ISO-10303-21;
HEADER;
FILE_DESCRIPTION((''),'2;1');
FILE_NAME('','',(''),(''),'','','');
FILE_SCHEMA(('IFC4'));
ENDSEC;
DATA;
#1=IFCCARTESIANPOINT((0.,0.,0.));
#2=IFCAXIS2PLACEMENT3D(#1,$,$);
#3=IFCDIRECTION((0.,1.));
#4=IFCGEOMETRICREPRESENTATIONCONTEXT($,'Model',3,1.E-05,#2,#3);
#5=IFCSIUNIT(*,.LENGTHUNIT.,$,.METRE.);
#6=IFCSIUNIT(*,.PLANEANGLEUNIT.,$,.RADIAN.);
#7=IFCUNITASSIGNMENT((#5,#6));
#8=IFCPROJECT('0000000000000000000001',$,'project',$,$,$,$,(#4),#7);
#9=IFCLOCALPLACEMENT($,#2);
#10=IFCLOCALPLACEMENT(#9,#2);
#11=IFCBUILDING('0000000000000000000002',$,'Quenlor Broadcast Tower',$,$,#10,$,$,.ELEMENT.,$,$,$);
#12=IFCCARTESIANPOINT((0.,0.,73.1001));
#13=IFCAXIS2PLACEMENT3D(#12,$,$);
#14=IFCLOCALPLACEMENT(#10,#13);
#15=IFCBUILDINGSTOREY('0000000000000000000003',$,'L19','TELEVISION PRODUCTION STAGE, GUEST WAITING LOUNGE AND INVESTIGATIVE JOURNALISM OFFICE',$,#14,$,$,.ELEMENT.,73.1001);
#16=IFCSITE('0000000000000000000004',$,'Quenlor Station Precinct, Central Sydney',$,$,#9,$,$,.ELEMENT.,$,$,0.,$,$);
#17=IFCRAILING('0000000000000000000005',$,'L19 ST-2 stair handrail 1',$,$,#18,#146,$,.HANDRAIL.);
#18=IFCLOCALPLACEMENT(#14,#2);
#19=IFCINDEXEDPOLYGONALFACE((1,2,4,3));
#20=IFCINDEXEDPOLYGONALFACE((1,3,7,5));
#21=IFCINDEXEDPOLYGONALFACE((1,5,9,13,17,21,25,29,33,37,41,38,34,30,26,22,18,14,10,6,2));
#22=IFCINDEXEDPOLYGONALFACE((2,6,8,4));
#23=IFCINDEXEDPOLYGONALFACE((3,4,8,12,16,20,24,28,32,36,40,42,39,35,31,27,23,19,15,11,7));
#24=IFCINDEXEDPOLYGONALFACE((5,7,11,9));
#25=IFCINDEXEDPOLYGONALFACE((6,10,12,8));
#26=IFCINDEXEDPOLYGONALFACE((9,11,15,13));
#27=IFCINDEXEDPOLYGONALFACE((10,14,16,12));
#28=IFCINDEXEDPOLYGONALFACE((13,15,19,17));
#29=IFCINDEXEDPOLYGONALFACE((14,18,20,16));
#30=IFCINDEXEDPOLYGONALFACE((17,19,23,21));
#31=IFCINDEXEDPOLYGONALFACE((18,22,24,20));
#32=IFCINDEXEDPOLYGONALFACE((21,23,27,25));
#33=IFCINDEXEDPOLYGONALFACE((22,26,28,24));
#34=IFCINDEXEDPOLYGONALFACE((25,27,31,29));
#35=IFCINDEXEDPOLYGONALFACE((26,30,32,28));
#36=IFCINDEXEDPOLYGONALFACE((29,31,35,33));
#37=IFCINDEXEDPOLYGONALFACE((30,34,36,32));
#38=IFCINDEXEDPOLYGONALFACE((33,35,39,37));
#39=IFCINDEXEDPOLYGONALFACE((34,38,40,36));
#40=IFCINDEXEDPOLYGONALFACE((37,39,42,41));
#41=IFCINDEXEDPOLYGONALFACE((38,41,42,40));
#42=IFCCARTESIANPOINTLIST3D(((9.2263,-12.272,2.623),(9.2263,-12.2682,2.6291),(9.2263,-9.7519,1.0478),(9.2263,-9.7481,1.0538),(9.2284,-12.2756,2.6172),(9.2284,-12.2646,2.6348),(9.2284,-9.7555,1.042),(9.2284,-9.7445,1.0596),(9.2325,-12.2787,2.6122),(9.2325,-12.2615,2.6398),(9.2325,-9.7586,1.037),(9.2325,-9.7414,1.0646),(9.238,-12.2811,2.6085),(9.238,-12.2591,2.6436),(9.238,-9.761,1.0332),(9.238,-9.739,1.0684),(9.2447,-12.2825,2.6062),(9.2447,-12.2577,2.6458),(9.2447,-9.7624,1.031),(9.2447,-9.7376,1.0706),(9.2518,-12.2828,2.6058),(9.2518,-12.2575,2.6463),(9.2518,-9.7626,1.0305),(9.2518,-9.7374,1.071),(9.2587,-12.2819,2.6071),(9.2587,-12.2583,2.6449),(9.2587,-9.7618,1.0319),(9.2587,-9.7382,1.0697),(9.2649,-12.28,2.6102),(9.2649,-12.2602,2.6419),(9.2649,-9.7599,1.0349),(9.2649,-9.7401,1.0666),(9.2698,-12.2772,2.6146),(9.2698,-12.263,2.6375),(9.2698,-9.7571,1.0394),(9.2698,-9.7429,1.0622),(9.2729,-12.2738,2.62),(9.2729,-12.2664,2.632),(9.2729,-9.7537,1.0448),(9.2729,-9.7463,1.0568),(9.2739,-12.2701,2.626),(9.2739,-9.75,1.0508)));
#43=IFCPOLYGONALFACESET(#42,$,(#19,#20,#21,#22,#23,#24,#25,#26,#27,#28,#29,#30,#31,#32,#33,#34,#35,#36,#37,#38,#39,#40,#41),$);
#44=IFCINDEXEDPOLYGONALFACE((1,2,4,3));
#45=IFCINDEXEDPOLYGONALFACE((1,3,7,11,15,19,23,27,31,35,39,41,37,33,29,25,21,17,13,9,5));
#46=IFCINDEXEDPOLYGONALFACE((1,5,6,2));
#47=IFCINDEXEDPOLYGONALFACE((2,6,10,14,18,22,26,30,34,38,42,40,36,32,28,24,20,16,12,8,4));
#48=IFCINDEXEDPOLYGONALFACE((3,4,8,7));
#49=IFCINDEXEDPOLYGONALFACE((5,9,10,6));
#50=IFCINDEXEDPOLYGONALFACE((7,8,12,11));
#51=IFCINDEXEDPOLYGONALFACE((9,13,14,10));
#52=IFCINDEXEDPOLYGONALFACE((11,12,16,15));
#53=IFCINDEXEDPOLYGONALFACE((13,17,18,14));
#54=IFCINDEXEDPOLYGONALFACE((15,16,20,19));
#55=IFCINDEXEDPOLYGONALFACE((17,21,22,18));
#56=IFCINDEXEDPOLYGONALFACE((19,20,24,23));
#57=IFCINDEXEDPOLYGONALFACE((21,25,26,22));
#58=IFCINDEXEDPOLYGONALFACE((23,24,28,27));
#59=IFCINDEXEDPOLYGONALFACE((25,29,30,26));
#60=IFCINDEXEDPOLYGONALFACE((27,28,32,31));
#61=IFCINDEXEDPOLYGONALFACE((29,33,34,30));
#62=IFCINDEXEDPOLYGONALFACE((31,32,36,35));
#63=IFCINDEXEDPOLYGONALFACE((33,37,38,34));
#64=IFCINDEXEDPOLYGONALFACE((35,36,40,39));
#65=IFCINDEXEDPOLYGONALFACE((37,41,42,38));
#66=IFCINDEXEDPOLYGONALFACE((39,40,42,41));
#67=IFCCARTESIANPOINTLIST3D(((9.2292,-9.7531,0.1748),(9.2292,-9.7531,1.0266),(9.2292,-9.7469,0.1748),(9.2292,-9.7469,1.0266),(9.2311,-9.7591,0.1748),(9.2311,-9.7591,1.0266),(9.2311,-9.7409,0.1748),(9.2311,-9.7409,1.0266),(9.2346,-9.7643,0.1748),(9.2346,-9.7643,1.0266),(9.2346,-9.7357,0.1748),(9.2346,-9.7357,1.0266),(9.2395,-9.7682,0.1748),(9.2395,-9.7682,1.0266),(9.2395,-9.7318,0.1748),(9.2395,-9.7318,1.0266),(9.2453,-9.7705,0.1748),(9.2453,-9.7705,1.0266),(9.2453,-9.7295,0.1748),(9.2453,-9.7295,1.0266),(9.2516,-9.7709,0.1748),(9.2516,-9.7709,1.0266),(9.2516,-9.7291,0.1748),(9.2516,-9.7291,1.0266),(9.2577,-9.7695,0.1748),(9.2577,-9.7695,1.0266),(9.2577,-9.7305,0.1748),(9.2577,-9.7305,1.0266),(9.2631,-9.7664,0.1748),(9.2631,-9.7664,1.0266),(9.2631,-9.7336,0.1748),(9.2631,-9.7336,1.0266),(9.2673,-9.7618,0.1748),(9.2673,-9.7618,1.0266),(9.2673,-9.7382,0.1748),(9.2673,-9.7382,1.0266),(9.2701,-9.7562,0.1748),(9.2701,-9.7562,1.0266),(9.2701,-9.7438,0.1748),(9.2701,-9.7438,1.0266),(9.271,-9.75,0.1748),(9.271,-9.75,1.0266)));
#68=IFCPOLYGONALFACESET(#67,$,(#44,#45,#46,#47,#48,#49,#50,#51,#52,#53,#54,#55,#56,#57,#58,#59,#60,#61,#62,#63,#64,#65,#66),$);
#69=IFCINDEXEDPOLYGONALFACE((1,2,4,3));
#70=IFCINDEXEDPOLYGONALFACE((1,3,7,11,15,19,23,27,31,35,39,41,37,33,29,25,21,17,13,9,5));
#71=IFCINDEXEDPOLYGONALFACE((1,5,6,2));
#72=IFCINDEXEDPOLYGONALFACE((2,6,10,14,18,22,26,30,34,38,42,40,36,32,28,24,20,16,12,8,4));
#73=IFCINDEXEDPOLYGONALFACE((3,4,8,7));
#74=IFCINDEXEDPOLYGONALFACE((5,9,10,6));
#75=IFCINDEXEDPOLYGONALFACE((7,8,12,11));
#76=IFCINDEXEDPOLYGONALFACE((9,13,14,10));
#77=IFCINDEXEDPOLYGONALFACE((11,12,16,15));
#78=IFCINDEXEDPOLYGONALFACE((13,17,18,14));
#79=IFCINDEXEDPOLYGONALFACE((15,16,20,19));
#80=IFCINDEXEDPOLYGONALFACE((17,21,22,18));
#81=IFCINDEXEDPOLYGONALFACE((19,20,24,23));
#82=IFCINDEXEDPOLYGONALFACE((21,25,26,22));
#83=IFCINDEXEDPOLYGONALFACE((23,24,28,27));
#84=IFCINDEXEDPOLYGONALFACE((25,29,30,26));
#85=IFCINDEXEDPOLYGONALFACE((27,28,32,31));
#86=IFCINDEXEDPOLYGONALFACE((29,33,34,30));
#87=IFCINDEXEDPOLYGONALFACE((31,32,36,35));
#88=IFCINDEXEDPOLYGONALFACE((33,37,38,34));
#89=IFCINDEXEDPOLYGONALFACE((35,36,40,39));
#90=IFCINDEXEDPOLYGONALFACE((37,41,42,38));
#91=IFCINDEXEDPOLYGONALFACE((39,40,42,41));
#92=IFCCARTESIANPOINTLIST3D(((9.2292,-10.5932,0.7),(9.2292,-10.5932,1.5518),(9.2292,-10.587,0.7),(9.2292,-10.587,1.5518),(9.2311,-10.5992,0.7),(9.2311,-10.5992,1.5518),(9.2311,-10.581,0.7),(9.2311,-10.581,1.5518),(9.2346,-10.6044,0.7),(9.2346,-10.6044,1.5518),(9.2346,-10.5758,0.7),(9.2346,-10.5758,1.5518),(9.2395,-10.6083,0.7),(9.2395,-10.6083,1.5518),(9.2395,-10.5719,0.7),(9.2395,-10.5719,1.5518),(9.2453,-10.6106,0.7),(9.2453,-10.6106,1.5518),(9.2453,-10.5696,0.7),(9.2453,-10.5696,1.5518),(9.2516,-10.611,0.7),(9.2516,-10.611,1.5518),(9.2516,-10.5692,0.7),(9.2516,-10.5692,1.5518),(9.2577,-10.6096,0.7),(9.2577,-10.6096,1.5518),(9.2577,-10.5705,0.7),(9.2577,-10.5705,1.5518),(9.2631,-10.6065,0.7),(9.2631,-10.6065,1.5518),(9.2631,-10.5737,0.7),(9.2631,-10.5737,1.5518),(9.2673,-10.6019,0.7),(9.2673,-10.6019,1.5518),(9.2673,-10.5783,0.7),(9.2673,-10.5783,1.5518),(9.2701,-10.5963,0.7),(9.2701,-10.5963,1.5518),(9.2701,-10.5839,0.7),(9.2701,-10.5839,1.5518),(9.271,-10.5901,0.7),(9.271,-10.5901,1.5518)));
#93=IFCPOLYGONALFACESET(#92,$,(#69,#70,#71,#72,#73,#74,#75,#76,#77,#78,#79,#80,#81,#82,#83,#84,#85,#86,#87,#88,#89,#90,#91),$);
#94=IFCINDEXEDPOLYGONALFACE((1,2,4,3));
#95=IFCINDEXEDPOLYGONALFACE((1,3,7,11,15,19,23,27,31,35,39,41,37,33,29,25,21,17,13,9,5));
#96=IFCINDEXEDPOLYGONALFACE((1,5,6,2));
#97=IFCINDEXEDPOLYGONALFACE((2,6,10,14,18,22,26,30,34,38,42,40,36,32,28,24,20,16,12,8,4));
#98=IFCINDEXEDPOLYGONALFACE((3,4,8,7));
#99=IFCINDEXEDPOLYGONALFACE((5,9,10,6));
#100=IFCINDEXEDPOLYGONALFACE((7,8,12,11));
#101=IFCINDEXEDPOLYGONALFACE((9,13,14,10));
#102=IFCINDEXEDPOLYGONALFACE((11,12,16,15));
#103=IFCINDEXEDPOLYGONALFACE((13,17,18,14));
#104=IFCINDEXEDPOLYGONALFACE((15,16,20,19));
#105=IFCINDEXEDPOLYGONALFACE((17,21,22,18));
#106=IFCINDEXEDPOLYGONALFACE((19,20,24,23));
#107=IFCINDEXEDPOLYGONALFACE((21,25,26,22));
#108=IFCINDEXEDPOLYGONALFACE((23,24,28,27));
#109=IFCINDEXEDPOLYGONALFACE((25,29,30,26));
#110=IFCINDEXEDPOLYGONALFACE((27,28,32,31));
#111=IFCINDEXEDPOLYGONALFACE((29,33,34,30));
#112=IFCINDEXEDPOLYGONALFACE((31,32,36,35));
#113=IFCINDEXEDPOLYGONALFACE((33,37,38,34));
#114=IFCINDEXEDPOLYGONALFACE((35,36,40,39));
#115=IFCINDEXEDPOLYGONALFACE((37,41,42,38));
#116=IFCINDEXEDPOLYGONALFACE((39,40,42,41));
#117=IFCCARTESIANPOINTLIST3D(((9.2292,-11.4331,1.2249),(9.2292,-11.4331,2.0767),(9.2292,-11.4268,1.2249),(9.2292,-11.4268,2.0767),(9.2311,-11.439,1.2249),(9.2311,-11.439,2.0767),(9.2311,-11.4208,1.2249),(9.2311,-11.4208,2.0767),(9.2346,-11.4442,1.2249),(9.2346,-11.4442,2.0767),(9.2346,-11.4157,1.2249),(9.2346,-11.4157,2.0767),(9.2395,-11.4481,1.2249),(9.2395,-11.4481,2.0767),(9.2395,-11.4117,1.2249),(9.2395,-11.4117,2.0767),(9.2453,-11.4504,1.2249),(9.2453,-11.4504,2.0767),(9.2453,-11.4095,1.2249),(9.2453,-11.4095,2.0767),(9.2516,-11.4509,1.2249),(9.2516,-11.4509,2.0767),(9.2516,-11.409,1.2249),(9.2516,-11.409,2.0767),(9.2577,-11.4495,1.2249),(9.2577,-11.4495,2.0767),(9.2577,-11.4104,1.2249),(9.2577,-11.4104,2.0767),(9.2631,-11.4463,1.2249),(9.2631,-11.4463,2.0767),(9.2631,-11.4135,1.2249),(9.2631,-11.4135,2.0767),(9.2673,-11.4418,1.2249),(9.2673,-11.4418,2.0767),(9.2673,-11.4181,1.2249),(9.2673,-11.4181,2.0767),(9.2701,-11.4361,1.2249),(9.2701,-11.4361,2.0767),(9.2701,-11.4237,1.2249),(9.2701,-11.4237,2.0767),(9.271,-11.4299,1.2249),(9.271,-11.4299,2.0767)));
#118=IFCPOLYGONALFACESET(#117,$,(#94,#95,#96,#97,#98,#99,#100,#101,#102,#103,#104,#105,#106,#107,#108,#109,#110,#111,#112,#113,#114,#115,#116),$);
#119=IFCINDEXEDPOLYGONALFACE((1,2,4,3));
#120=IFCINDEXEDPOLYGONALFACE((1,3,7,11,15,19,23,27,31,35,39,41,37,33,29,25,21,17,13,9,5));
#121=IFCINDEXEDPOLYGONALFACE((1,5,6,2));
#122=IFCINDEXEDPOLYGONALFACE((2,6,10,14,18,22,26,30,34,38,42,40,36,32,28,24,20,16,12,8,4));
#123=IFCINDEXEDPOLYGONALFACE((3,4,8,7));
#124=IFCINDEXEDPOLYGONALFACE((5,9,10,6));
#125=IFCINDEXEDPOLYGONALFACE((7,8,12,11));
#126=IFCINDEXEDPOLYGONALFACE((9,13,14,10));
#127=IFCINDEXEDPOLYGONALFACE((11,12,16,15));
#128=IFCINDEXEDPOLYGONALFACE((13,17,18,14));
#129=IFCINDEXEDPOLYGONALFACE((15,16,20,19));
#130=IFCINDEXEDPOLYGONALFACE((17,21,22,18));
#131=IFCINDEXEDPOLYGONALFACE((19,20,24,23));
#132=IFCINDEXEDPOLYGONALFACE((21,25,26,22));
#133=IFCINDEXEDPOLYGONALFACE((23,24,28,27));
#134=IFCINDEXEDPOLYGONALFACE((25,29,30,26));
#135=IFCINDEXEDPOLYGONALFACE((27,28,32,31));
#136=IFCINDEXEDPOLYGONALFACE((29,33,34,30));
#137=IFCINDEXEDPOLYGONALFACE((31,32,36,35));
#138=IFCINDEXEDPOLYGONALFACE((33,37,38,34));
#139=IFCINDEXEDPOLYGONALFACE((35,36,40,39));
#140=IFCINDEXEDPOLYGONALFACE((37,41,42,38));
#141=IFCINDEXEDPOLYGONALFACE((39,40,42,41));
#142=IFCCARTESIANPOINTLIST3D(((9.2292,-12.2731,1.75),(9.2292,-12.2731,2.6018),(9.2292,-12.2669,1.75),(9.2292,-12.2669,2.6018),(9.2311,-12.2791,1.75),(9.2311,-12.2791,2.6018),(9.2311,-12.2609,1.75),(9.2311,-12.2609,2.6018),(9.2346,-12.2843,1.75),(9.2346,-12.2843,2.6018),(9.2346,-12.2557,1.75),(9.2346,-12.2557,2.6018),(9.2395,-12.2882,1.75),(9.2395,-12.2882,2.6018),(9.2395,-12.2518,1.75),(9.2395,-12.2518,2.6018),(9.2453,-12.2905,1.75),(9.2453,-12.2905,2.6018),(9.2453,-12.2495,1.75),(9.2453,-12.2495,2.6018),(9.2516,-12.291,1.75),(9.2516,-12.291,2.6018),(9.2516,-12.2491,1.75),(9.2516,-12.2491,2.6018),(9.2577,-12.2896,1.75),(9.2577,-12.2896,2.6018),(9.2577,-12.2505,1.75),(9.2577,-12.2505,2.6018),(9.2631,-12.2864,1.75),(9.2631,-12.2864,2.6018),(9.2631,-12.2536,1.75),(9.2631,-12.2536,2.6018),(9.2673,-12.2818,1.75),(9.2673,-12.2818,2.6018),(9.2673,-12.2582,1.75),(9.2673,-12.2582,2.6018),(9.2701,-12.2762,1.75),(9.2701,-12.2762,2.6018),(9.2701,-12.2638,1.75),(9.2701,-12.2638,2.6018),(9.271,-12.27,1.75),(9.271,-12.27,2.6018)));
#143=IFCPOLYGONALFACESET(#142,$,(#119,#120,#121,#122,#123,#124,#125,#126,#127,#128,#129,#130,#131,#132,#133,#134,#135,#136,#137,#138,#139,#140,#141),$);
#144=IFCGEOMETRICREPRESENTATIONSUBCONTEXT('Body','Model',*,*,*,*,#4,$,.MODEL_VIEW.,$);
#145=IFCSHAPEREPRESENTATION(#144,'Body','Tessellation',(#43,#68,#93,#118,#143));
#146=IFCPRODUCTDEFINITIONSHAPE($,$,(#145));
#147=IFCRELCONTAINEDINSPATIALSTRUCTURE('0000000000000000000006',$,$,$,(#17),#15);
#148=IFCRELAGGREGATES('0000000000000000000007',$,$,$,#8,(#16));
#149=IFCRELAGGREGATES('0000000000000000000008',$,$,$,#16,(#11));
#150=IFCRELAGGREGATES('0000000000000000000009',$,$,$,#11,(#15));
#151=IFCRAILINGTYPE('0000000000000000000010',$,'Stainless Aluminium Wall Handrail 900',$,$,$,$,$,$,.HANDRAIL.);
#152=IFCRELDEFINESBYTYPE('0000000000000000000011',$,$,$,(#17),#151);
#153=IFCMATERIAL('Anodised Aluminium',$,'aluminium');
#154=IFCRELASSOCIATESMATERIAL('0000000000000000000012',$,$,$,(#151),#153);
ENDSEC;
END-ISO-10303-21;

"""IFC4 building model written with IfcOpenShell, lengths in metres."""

from ifc_helpers import new_model, si_unit, direction, frame, origin, origin_2d, place, context, subcontext, project, spatial, circle, extrude, material, type_object, element, save


model = new_model("IFC4")

# Units and contexts
model_context = context("Model", 3, precision=1e-05, world=origin(), true_north=direction((0.0, 1.0)))
body_context = subcontext(model_context, "Body", "Model", "MODEL_VIEW")
ifc_project = project(units=[si_unit("LENGTHUNIT", "METRE"), si_unit("PLANEANGLEUNIT", "RADIAN")], contexts=[model_context])

# Site, building, storey
site_placement = place(None, origin())
site = spatial("IfcSite", under=ifc_project, at=site_placement, Name="Quenlor Station Precinct, Central Sydney", CompositionType="ELEMENT", RefElevation=0.0)
building_placement = place(site_placement, origin())
building = spatial("IfcBuilding", under=site, at=building_placement, Name="Quenlor Broadcast Tower", CompositionType="ELEMENT")
storey_placement = place(building_placement, frame((0.0, 0.0, 73.1001)))
storey = spatial("IfcBuildingStorey", under=building, at=storey_placement, Name="L19", Description="TELEVISION PRODUCTION STAGE, GUEST WAITING LOUNGE AND INVESTIGATIVE JOURNALISM OFFICE", CompositionType="ELEMENT", Elevation=73.1001)

# Railing
ifc_material_1 = material(Name="Anodised Aluminium", Category="aluminium")
railing_type = type_object("IfcRailingType", Name="Stainless Aluminium Wall Handrail 900", PredefinedType="HANDRAIL", material=ifc_material_1)
railing_placement = place(storey_placement, frame((9.25, -9.75, 0.1748)))
element("IfcRailing", 1, at=railing_placement, inside=storey, type_object=railing_type, Name="L19 ST-2 stair handrail 1", PredefinedType="HANDRAIL", context=body_context, shape_type="SweptSolid", body=[
    extrude(circle(Radius=0.0239, at=origin_2d()), frame((0.0, 0.0, 0.876), z_axis=(0.0, -0.847971, 0.530043), x_axis=(1.0, 0.0, 0.0)), (0.0, 0.0, 1.0), 2.9719),
    extrude(circle(Radius=0.021, at=origin_2d()), origin(), (0.0, 0.0, 1.0), 0.8518),
    extrude(circle(Radius=0.021, at=origin_2d()), frame((0.0, -0.8401, 0.5251)), (0.0, 0.0, 1.0), 0.8518),
    extrude(circle(Radius=0.021, at=origin_2d()), frame((0.0, -1.6799, 1.05)), (0.0, 0.0, 1.0), 0.8518),
    extrude(circle(Radius=0.021, at=origin_2d()), frame((0.0, -2.52, 1.5752)), (0.0, 0.0, 1.0), 0.8518),
])

save(model, "model.ifc")
